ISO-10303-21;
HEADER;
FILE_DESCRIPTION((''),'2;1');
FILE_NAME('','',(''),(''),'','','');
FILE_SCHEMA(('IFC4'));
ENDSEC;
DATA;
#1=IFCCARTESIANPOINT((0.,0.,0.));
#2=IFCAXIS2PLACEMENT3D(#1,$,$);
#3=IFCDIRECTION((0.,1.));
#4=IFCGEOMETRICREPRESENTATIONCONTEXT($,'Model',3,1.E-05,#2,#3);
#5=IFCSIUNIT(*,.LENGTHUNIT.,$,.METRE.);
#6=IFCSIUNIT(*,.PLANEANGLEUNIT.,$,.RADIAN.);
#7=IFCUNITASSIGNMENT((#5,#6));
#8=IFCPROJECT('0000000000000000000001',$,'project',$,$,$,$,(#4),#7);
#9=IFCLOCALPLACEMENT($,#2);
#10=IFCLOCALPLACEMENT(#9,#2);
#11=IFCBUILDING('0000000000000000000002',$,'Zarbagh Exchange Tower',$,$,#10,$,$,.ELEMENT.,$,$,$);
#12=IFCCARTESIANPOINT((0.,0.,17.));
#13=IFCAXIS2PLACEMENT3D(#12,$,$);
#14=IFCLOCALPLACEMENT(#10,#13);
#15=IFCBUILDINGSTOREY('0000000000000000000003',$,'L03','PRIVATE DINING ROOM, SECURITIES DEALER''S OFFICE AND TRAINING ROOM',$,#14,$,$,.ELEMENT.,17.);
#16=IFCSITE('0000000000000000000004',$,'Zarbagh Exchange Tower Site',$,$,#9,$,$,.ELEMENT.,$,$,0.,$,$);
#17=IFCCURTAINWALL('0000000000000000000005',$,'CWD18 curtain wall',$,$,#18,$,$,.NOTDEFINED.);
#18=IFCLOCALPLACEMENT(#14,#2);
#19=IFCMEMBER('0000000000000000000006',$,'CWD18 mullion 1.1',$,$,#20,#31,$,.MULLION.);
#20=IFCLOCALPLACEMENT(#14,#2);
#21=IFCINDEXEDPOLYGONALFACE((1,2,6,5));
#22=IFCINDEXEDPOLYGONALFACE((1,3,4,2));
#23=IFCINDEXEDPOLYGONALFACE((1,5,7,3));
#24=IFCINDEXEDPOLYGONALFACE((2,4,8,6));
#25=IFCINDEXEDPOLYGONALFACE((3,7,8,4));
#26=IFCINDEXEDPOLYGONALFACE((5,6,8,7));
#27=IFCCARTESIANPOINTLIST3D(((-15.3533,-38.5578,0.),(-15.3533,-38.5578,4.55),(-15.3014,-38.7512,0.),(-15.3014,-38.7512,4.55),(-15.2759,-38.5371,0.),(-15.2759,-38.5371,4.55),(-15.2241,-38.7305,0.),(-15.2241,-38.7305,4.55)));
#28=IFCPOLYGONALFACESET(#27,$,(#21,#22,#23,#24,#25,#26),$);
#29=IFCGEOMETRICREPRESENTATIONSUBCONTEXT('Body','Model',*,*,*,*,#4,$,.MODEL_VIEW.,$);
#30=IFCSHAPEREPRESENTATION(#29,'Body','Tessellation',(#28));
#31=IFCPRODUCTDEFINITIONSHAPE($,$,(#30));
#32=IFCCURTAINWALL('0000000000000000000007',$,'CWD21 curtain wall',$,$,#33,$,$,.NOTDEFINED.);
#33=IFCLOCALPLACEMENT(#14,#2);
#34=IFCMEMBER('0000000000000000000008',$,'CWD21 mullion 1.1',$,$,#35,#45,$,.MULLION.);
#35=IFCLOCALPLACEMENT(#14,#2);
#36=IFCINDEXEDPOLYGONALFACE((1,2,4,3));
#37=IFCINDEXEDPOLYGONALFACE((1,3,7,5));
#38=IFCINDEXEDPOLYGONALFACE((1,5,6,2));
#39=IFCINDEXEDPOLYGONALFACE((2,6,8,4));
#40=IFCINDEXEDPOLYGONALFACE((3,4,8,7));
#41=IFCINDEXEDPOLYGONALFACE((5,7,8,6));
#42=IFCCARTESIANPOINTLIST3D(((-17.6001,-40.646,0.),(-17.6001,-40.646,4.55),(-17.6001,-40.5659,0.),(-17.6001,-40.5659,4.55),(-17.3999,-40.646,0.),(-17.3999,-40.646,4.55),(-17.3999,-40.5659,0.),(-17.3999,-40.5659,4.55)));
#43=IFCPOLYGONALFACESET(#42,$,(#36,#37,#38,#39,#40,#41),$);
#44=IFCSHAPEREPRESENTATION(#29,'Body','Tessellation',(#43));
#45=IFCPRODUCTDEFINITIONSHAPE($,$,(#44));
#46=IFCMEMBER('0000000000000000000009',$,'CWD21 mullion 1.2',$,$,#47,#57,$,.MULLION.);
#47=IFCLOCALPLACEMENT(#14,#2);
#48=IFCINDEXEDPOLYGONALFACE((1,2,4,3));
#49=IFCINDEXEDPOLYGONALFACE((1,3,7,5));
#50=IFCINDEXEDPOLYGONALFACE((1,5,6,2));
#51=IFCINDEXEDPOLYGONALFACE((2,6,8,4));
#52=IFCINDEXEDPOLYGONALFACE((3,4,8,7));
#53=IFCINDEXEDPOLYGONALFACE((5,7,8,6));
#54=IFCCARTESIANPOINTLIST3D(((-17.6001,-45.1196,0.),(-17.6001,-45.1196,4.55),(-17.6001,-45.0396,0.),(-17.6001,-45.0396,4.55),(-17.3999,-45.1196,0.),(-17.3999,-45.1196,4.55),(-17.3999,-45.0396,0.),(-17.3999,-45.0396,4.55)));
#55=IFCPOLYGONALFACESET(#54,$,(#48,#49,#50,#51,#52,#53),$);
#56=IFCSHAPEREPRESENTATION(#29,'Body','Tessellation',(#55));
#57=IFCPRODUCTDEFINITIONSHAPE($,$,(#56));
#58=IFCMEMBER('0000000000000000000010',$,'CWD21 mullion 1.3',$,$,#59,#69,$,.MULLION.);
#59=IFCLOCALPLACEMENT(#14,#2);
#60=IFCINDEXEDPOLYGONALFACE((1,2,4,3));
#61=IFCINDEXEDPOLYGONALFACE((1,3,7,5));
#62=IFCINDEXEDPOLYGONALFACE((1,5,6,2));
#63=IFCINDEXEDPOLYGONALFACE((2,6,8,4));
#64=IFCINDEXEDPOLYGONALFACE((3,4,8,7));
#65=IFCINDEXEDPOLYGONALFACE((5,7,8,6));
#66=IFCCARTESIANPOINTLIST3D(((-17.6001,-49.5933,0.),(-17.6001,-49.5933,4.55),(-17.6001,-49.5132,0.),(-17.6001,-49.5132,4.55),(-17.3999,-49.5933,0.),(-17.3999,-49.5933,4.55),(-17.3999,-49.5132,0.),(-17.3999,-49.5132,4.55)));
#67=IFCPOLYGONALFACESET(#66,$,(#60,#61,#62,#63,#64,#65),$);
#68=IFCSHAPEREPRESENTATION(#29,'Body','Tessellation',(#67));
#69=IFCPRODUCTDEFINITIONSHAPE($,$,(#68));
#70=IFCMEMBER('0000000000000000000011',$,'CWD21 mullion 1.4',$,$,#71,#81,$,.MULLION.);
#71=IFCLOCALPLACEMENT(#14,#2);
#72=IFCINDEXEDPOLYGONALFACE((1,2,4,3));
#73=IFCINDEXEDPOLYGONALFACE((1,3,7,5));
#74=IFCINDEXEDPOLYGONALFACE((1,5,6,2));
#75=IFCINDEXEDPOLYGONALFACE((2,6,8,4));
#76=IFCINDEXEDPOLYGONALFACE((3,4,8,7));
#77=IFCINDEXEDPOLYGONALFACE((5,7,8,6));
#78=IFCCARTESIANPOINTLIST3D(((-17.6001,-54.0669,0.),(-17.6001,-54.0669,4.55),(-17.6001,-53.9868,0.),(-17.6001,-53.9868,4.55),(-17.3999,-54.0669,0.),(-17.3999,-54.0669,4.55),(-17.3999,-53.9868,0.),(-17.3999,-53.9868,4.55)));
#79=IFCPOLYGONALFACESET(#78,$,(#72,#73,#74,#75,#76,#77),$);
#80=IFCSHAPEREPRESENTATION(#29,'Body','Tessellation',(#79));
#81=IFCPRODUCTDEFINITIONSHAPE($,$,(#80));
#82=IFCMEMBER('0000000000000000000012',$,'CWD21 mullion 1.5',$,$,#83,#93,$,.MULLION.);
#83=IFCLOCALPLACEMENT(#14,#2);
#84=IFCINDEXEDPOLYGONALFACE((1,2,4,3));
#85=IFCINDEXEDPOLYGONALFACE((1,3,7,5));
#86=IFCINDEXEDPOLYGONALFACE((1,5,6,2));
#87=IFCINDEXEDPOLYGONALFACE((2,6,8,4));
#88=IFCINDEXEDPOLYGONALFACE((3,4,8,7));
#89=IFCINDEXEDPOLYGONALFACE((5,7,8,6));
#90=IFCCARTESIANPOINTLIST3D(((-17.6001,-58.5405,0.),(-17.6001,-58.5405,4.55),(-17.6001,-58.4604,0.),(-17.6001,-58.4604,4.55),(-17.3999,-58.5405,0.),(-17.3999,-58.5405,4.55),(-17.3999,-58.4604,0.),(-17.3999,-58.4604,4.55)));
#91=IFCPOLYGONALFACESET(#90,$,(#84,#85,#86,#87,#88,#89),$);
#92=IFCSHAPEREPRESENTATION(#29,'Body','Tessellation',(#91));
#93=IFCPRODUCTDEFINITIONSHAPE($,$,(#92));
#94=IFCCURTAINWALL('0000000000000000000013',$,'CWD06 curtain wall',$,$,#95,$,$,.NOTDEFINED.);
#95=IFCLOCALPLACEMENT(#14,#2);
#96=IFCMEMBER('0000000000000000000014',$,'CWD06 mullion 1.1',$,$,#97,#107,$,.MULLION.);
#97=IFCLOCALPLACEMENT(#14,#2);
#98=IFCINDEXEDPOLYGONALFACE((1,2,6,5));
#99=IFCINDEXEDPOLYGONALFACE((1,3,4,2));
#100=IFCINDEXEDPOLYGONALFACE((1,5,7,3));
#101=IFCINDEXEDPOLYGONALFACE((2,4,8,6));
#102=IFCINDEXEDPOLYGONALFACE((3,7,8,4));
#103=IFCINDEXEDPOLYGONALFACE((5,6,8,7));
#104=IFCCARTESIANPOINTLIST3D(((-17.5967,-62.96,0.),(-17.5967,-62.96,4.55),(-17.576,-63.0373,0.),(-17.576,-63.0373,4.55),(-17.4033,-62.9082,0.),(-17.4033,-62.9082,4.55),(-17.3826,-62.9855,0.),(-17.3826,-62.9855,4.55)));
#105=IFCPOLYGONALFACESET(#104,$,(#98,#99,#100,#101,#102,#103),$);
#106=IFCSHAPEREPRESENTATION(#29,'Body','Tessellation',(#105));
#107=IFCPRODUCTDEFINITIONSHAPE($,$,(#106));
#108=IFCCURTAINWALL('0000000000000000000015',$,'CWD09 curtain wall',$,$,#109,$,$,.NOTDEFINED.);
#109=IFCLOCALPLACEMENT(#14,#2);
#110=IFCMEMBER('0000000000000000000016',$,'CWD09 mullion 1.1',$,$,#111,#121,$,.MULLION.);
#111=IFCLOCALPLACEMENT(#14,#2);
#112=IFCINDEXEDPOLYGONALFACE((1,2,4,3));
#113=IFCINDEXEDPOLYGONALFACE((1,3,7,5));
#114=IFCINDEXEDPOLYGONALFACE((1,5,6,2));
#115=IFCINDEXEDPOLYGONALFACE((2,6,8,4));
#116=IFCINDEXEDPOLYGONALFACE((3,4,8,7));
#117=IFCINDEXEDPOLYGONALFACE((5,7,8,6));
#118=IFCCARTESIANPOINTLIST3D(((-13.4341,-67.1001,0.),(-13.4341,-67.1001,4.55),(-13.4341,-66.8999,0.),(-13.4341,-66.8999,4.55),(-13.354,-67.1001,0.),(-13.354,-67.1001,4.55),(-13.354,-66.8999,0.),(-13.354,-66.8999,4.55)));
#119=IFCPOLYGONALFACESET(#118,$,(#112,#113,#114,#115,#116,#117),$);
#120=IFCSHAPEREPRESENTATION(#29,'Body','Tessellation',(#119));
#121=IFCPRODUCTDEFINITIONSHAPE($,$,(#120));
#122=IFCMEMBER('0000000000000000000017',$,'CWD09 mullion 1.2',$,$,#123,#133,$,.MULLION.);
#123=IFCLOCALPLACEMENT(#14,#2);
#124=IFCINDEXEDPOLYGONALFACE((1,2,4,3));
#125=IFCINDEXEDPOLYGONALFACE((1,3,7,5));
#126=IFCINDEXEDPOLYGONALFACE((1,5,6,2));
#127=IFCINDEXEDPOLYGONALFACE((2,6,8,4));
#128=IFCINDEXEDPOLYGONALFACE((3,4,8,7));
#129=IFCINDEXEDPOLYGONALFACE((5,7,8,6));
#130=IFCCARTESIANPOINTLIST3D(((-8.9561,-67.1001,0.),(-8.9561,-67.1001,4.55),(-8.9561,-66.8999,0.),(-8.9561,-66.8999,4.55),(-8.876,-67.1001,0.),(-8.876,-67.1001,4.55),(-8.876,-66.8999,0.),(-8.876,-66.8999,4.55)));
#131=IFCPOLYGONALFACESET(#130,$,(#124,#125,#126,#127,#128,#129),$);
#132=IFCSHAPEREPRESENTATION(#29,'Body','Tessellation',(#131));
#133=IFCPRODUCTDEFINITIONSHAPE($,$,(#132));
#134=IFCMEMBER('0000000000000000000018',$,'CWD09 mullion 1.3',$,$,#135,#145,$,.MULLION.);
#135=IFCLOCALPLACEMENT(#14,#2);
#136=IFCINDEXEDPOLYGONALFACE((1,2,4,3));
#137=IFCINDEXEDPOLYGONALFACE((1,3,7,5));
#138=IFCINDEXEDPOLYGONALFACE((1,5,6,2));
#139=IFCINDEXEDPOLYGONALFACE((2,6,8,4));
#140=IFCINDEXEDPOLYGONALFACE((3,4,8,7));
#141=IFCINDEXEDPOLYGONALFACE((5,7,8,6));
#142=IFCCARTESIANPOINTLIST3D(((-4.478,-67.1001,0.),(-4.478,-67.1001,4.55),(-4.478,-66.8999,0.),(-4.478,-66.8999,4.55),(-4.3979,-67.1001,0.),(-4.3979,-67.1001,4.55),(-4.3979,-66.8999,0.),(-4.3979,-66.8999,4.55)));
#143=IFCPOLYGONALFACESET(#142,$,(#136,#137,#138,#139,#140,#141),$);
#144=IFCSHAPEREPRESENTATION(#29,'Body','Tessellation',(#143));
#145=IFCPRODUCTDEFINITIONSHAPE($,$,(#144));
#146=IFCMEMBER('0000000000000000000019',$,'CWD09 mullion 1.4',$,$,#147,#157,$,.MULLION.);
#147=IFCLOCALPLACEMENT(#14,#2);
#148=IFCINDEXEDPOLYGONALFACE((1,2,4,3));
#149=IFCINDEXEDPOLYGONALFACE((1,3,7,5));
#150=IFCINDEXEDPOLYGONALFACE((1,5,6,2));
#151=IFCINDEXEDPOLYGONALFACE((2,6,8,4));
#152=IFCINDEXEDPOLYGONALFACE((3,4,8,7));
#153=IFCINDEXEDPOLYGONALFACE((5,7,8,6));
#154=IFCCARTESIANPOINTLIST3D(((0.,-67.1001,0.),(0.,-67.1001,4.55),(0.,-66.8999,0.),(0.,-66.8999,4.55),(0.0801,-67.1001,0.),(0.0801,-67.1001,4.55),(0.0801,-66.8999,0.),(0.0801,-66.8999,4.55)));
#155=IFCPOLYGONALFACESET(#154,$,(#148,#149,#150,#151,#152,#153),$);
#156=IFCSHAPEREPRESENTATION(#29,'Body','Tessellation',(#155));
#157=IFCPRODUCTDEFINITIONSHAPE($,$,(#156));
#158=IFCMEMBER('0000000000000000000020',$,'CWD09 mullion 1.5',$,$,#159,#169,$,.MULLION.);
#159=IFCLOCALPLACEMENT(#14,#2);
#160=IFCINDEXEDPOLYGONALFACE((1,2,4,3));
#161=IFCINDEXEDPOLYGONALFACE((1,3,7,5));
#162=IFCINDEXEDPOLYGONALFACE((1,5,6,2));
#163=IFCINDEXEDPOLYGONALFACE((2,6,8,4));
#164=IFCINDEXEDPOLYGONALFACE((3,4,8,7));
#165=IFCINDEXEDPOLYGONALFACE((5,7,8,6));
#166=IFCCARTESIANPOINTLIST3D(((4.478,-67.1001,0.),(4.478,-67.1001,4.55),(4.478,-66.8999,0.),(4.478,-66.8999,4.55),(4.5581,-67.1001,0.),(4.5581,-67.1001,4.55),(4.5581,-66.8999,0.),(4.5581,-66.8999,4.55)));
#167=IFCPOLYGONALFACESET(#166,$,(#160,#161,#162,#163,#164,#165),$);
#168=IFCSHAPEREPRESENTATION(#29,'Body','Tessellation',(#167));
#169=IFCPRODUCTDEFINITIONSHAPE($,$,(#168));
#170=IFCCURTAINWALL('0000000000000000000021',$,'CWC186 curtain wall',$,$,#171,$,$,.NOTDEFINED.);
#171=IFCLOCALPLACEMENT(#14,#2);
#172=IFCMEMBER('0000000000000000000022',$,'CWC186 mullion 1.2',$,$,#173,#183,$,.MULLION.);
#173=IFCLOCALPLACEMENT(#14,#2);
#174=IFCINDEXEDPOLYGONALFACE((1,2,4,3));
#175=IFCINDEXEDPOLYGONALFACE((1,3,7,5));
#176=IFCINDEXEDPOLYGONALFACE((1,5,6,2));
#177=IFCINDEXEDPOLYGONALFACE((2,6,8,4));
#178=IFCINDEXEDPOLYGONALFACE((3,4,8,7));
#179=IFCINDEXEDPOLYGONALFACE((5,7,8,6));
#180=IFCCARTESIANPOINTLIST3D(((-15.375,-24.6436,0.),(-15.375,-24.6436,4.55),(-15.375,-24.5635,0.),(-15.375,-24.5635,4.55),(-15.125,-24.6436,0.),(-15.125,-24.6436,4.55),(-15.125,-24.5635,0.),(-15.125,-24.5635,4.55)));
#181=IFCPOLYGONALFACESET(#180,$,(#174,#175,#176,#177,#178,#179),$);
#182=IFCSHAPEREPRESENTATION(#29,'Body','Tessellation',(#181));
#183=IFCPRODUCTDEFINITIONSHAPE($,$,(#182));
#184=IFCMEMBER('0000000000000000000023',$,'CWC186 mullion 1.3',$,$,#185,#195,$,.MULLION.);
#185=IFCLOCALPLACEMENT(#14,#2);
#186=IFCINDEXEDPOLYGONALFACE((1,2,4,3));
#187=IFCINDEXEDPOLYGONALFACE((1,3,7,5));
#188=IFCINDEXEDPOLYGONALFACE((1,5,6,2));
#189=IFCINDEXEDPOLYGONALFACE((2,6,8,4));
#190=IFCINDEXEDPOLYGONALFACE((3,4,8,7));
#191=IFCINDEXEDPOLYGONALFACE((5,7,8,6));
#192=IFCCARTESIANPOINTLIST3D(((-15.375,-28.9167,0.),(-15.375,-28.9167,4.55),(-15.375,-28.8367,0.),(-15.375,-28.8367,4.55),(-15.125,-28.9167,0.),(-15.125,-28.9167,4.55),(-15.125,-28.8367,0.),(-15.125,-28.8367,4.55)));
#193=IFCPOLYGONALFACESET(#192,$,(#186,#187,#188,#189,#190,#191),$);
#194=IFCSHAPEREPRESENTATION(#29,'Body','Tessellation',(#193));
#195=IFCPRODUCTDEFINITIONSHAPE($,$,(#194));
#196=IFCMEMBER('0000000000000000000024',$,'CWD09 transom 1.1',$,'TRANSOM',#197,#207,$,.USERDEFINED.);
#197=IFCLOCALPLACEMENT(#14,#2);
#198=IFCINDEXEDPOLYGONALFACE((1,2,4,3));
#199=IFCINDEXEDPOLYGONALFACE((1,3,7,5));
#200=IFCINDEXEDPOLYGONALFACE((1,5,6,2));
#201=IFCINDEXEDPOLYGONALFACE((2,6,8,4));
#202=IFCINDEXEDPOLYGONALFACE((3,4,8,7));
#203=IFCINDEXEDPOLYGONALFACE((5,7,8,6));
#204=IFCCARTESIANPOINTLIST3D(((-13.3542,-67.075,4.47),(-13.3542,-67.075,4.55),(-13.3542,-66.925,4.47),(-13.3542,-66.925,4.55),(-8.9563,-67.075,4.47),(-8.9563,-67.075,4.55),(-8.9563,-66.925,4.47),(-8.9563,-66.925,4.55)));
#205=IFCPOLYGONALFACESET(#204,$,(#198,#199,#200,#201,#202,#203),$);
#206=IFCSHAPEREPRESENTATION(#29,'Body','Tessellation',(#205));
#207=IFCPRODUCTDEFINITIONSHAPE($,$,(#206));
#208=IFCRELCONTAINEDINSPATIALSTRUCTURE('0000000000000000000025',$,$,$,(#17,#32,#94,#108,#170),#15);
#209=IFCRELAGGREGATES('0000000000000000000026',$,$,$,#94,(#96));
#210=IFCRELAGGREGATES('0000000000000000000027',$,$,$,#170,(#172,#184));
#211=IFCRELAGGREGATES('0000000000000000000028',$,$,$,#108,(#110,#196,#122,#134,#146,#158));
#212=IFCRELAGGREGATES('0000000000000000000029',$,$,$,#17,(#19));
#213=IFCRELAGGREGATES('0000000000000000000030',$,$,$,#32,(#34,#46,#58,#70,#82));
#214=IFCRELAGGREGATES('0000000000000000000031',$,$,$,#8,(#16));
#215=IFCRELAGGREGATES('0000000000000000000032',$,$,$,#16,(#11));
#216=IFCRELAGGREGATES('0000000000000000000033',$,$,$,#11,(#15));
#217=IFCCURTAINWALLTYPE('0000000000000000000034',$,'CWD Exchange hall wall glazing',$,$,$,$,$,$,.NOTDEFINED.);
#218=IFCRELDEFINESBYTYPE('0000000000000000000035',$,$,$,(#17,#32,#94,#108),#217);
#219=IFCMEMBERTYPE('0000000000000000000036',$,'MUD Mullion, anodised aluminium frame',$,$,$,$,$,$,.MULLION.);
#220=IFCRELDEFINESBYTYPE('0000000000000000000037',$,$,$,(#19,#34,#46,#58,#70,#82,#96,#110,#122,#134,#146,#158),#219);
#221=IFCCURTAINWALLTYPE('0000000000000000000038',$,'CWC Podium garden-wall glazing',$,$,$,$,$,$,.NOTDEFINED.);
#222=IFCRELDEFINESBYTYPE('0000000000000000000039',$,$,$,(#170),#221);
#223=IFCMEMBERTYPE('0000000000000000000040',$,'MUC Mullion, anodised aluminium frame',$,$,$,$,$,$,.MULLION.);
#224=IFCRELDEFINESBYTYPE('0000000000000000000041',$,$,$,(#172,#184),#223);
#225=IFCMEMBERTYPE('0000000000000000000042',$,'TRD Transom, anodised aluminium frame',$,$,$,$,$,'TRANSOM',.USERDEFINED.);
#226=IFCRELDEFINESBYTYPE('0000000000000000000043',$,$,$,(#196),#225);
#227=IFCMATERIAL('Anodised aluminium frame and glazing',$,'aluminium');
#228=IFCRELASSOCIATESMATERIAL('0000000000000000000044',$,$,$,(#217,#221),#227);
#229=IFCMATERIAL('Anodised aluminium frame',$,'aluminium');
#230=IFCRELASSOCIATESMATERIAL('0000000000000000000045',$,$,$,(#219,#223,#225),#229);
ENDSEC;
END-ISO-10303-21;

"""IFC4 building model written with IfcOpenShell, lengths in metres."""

from ifc_helpers import new_model, si_unit, direction, frame, origin, place, context, subcontext, project, spatial, polyline, outline, extrude, source, transform, mapped, material, type_object, element, aggregate, save


model = new_model("IFC4")

# Units and contexts
model_context = context("Model", 3, precision=1e-05, world=origin(), true_north=direction((0.0, 1.0)))
body_context = subcontext(model_context, "Body", "Model", "MODEL_VIEW")
ifc_project = project(units=[si_unit("LENGTHUNIT", "METRE"), si_unit("PLANEANGLEUNIT", "RADIAN")], contexts=[model_context])

# Site, building, storey
site_placement = place(None, origin())
site = spatial("IfcSite", under=ifc_project, at=site_placement, Name="Zarbagh Exchange Tower Site", CompositionType="ELEMENT", RefElevation=0.0)
building_placement = place(site_placement, origin())
building = spatial("IfcBuilding", under=site, at=building_placement, Name="Zarbagh Exchange Tower", CompositionType="ELEMENT")
storey_placement = place(building_placement, frame((0.0, 0.0, 17.0)))
storey = spatial("IfcBuildingStorey", under=building, at=storey_placement, Name="L03", Description="PRIVATE DINING ROOM, SECURITIES DEALER'S OFFICE AND TRAINING ROOM", CompositionType="ELEMENT", Elevation=17.0)

# Curtain wall, member
ifc_material_1 = material(Name="Anodised aluminium frame and glazing", Category="aluminium")
curtain_wall_type_1 = type_object("IfcCurtainWallType", Name="CWD Exchange hall wall glazing", PredefinedType="NOTDEFINED", material=ifc_material_1)
curtain_wall_1_placement = place(storey_placement, origin())
curtain_wall_1 = element("IfcCurtainWall", 1, at=curtain_wall_1_placement, inside=storey, type_object=curtain_wall_type_1, Name="CWD18 curtain wall", PredefinedType="NOTDEFINED")
ifc_material_2 = material(Name="Anodised aluminium frame", Category="aluminium")
member_type_1 = type_object("IfcMemberType", Name="MUD Mullion, anodised aluminium frame", PredefinedType="MULLION", material=ifc_material_2)
shared_shape_1 = source(origin(), body_context, "Body", "SweptSolid", [
    extrude(outline(polyline([(0.0, -0.1001), (0.0801, -0.1001), (0.0801, 0.1001), (0.0, 0.1001), (0.0, -0.1001)])), origin(), (0.0, 0.0, 1.0), 4.55),
])
placement = place(storey_placement, origin())
member_1 = element("IfcMember", 2, at=placement, type_object=member_type_1, Name="CWD18 mullion 1.1", PredefinedType="MULLION", context=body_context, shape_type="MappedRepresentation", body=[
    mapped(shared_shape_1, transform((-15.25, -38.6338, 0.0), x_axis=(-0.965935, -0.258785, 0.0), y_axis=(0.258785, -0.965935, 0.0), z_axis=(0.0, 0.0, 1.0))),
])

# Curtain wall, members
curtain_wall_2_placement = place(storey_placement, origin())
curtain_wall_2 = element("IfcCurtainWall", 3, at=curtain_wall_2_placement, inside=storey, type_object=curtain_wall_type_1, Name="CWD21 curtain wall", PredefinedType="NOTDEFINED")
member_2 = element("IfcMember", 4, at=placement, type_object=member_type_1, Name="CWD21 mullion 1.1", PredefinedType="MULLION", context=body_context, shape_type="MappedRepresentation", body=[
    mapped(shared_shape_1, transform((-17.5, -40.5659, 0.0), x_axis=(0.0, -1.0, 0.0), y_axis=(1.0, 0.0, 0.0), z_axis=(0.0, 0.0, 1.0))),
])
member_3 = element("IfcMember", 5, at=placement, type_object=member_type_1, Name="CWD21 mullion 1.2", PredefinedType="MULLION", context=body_context, shape_type="MappedRepresentation", body=[
    mapped(shared_shape_1, transform((-17.5, -45.0396, 0.0), x_axis=(0.0, -1.0, 0.0), y_axis=(1.0, 0.0, 0.0), z_axis=(0.0, 0.0, 1.0))),
])
member_4 = element("IfcMember", 6, at=placement, type_object=member_type_1, Name="CWD21 mullion 1.3", PredefinedType="MULLION", context=body_context, shape_type="MappedRepresentation", body=[
    mapped(shared_shape_1, transform((-17.5, -49.5132, 0.0), x_axis=(0.0, -1.0, 0.0), y_axis=(1.0, 0.0, 0.0), z_axis=(0.0, 0.0, 1.0))),
])
member_5 = element("IfcMember", 7, at=placement, type_object=member_type_1, Name="CWD21 mullion 1.4", PredefinedType="MULLION", context=body_context, shape_type="MappedRepresentation", body=[
    mapped(shared_shape_1, transform((-17.5, -53.9868, 0.0), x_axis=(0.0, -1.0, 0.0), y_axis=(1.0, 0.0, 0.0), z_axis=(0.0, 0.0, 1.0))),
])
member_6 = element("IfcMember", 8, at=placement, type_object=member_type_1, Name="CWD21 mullion 1.5", PredefinedType="MULLION", context=body_context, shape_type="MappedRepresentation", body=[
    mapped(shared_shape_1, transform((-17.5, -58.4604, 0.0), x_axis=(0.0, -1.0, 0.0), y_axis=(1.0, 0.0, 0.0), z_axis=(0.0, 0.0, 1.0))),
])

# Curtain wall, member
curtain_wall_3_placement = place(storey_placement, origin())
curtain_wall_3 = element("IfcCurtainWall", 9, at=curtain_wall_3_placement, inside=storey, type_object=curtain_wall_type_1, Name="CWD06 curtain wall", PredefinedType="NOTDEFINED")
member_7 = element("IfcMember", 10, at=placement, type_object=member_type_1, Name="CWD06 mullion 1.1", PredefinedType="MULLION", context=body_context, shape_type="MappedRepresentation", body=[
    mapped(shared_shape_1, transform((-17.5, -62.9341, 0.0), x_axis=(0.258825, -0.965924, 0.0), y_axis=(0.965924, 0.258825, 0.0), z_axis=(0.0, 0.0, 1.0))),
])

# Curtain walls, members
curtain_wall_4_placement = place(storey_placement, origin())
curtain_wall_4 = element("IfcCurtainWall", 11, at=curtain_wall_4_placement, inside=storey, type_object=curtain_wall_type_1, Name="CWD09 curtain wall", PredefinedType="NOTDEFINED")
member_8 = element("IfcMember", 12, at=placement, type_object=member_type_1, Name="CWD09 mullion 1.1", PredefinedType="MULLION", context=body_context, shape_type="MappedRepresentation", body=[
    mapped(shared_shape_1, transform((-13.4341, -67.0, 0.0), x_axis=(1.0, 0.0, 0.0), y_axis=(0.0, 1.0, 0.0), z_axis=(0.0, 0.0, 1.0))),
])
member_9 = element("IfcMember", 13, at=placement, type_object=member_type_1, Name="CWD09 mullion 1.2", PredefinedType="MULLION", context=body_context, shape_type="MappedRepresentation", body=[
    mapped(shared_shape_1, transform((-8.9561, -67.0, 0.0), x_axis=(1.0, 0.0, 0.0), y_axis=(0.0, 1.0, 0.0), z_axis=(0.0, 0.0, 1.0))),
])
member_10 = element("IfcMember", 14, at=placement, type_object=member_type_1, Name="CWD09 mullion 1.3", PredefinedType="MULLION", context=body_context, shape_type="MappedRepresentation", body=[
    mapped(shared_shape_1, transform((-4.478, -67.0, 0.0), x_axis=(1.0, 0.0, 0.0), y_axis=(0.0, 1.0, 0.0), z_axis=(0.0, 0.0, 1.0))),
])
member_11 = element("IfcMember", 15, at=placement, type_object=member_type_1, Name="CWD09 mullion 1.4", PredefinedType="MULLION", context=body_context, shape_type="MappedRepresentation", body=[
    mapped(shared_shape_1, transform((0.0, -67.0, 0.0), x_axis=(1.0, 0.0, 0.0), y_axis=(0.0, 1.0, 0.0), z_axis=(0.0, 0.0, 1.0))),
])
member_12 = element("IfcMember", 16, at=placement, type_object=member_type_1, Name="CWD09 mullion 1.5", PredefinedType="MULLION", context=body_context, shape_type="MappedRepresentation", body=[
    mapped(shared_shape_1, transform((4.478, -67.0, 0.0), x_axis=(1.0, 0.0, 0.0), y_axis=(0.0, 1.0, 0.0), z_axis=(0.0, 0.0, 1.0))),
])
curtain_wall_type_2 = type_object("IfcCurtainWallType", Name="CWC Podium garden-wall glazing", PredefinedType="NOTDEFINED", material=ifc_material_1)
curtain_wall_5_placement = place(storey_placement, origin())
curtain_wall_5 = element("IfcCurtainWall", 17, at=curtain_wall_5_placement, inside=storey, type_object=curtain_wall_type_2, Name="CWC186 curtain wall", PredefinedType="NOTDEFINED")
member_type_2 = type_object("IfcMemberType", Name="MUC Mullion, anodised aluminium frame", PredefinedType="MULLION", material=ifc_material_2)
shared_shape_2 = source(origin(), body_context, "Body", "SweptSolid", [
    extrude(outline(polyline([(0.0, -0.125), (0.0801, -0.125), (0.0801, 0.125), (0.0, 0.125), (0.0, -0.125)])), origin(), (0.0, 0.0, 1.0), 4.55),
])
member_13 = element("IfcMember", 18, at=placement, type_object=member_type_2, Name="CWC186 mullion 1.2", PredefinedType="MULLION", context=body_context, shape_type="MappedRepresentation", body=[
    mapped(shared_shape_2, transform((-15.25, -24.5635, 0.0), x_axis=(0.0, -1.0, 0.0), y_axis=(1.0, 0.0, 0.0), z_axis=(0.0, 0.0, 1.0))),
])
member_14 = element("IfcMember", 19, at=placement, type_object=member_type_2, Name="CWC186 mullion 1.3", PredefinedType="MULLION", context=body_context, shape_type="MappedRepresentation", body=[
    mapped(shared_shape_2, transform((-15.25, -28.8367, 0.0), x_axis=(0.0, -1.0, 0.0), y_axis=(1.0, 0.0, 0.0), z_axis=(0.0, 0.0, 1.0))),
])

# Member
member_type_3 = type_object("IfcMemberType", Name="TRD Transom, anodised aluminium frame", ElementType="TRANSOM", PredefinedType="USERDEFINED", material=ifc_material_2)
shared_shape_3 = source(origin(), body_context, "Body", "SweptSolid", [
    extrude(outline(polyline([(-0.0801, -0.075), (0.0, -0.075), (0.0, 0.075), (-0.0801, 0.075), (-0.0801, -0.075)])), origin(), (0.0, 0.0, 1.0), 4.3979),
])
member_15 = element("IfcMember", 20, at=placement, type_object=member_type_3, Name="CWD09 transom 1.1", ObjectType="TRANSOM", PredefinedType="USERDEFINED", context=body_context, shape_type="MappedRepresentation", body=[
    mapped(shared_shape_3, transform((-13.3542, -67.0, 4.55), x_axis=(0.0, 0.0, 1.0), y_axis=(0.0, -1.0, 0.0), z_axis=(1.0, 0.0, 0.0))),
])

aggregate(curtain_wall_3, [member_7])

aggregate(curtain_wall_5, [member_13, member_14])
aggregate(curtain_wall_4, [member_8, member_15, member_9, member_10, member_11, member_12])

aggregate(curtain_wall_1, [member_1])

aggregate(curtain_wall_2, [member_2, member_3, member_4, member_5, member_6])

save(model, "model.ifc")
